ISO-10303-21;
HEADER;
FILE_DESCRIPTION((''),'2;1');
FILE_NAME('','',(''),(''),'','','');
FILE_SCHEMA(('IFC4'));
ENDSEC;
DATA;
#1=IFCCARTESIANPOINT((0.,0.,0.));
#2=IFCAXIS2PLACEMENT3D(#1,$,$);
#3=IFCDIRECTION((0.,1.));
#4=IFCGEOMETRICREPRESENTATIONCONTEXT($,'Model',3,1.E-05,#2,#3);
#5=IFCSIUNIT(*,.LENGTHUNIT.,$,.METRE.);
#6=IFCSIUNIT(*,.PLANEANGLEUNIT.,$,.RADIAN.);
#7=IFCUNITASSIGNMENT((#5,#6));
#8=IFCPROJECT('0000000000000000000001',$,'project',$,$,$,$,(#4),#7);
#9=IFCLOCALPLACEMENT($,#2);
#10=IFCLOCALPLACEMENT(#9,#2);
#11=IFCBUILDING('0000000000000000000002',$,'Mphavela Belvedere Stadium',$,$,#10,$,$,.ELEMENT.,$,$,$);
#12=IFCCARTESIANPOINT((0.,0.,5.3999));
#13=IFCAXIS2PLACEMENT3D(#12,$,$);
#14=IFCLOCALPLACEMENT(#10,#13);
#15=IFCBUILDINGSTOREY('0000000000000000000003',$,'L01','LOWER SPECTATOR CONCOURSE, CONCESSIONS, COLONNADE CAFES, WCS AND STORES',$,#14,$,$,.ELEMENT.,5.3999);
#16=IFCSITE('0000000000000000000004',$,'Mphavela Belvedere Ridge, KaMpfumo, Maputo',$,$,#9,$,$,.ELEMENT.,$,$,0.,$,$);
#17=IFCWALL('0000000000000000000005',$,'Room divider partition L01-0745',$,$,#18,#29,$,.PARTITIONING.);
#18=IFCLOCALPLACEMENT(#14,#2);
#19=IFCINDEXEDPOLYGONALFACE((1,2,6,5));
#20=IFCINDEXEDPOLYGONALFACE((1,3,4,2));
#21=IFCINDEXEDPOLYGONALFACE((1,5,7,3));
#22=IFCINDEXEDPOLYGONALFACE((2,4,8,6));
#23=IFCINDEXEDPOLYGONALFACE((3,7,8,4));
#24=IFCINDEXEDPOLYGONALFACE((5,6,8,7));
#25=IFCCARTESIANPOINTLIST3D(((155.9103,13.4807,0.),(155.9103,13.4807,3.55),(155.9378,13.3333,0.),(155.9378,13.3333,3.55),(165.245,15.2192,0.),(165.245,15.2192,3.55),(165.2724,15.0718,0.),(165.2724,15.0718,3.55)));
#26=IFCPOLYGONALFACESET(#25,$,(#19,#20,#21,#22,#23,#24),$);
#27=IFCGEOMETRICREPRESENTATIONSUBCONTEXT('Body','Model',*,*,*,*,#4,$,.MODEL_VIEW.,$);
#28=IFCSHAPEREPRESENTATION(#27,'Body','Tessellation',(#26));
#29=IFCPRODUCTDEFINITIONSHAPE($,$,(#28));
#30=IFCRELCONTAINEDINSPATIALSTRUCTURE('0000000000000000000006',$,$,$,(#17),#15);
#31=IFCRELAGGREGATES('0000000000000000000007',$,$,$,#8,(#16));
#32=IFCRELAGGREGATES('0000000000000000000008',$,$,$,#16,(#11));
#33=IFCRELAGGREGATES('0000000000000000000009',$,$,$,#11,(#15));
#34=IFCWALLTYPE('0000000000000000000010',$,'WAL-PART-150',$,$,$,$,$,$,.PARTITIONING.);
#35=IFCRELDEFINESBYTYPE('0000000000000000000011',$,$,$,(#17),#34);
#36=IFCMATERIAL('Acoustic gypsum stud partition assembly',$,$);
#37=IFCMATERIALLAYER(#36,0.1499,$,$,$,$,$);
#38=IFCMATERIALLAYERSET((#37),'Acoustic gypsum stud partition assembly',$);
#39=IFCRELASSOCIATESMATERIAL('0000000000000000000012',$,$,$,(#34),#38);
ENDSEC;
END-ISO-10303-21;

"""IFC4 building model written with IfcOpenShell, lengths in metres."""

from ifc_helpers import new_model, si_unit, direction, frame, frame_2d, origin, place, context, subcontext, project, spatial, rectangle, extrude, material, layer, layer_set, type_object, element, save


model = new_model("IFC4")

# Units and contexts
model_context = context("Model", 3, precision=1e-05, world=origin(), true_north=direction((0.0, 1.0)))
body_context = subcontext(model_context, "Body", "Model", "MODEL_VIEW")
ifc_project = project(units=[si_unit("LENGTHUNIT", "METRE"), si_unit("PLANEANGLEUNIT", "RADIAN")], contexts=[model_context])

# Site, building, storey
site_placement = place(None, origin())
site = spatial("IfcSite", under=ifc_project, at=site_placement, Name="Mphavela Belvedere Ridge, KaMpfumo, Maputo", CompositionType="ELEMENT", RefElevation=0.0)
building_placement = place(site_placement, origin())
building = spatial("IfcBuilding", under=site, at=building_placement, Name="Mphavela Belvedere Stadium", CompositionType="ELEMENT")
storey_placement = place(building_placement, frame((0.0, 0.0, 5.3999)))
storey = spatial("IfcBuildingStorey", under=building, at=storey_placement, Name="L01", Description="LOWER SPECTATOR CONCOURSE, CONCESSIONS, COLONNADE CAFES, WCS AND STORES", CompositionType="ELEMENT", Elevation=5.3999)

# Shared definitions
ifc_material_1 = material(Name="Acoustic gypsum stud partition assembly")
ifc_layer_1 = layer(ifc_material_1, 0.1499)
ifc_layer_set_1 = layer_set([ifc_layer_1], Name="Acoustic gypsum stud partition assembly")
wall_type_1 = type_object("IfcWallType", Name="WAL-PART-150", PredefinedType="PARTITIONING", material=ifc_layer_set_1)

# Wall
wall_1_placement = place(storey_placement, frame((155.9241, 13.407, 0.0), z_axis=(0.0, 0.0, 1.0), x_axis=(0.983095, 0.183095, 0.0)))
element("IfcWall", 1, at=wall_1_placement, inside=storey, type_object=wall_type_1, Name="Room divider partition L01-0745", PredefinedType="PARTITIONING", context=body_context, shape_type="SweptSolid", body=[
    extrude(rectangle(XDim=9.4951, YDim=0.1499, at=frame_2d((4.7476, 0.0))), origin(), (0.0, 0.0, 1.0), 3.55),
])

save(model, "model.ifc")
